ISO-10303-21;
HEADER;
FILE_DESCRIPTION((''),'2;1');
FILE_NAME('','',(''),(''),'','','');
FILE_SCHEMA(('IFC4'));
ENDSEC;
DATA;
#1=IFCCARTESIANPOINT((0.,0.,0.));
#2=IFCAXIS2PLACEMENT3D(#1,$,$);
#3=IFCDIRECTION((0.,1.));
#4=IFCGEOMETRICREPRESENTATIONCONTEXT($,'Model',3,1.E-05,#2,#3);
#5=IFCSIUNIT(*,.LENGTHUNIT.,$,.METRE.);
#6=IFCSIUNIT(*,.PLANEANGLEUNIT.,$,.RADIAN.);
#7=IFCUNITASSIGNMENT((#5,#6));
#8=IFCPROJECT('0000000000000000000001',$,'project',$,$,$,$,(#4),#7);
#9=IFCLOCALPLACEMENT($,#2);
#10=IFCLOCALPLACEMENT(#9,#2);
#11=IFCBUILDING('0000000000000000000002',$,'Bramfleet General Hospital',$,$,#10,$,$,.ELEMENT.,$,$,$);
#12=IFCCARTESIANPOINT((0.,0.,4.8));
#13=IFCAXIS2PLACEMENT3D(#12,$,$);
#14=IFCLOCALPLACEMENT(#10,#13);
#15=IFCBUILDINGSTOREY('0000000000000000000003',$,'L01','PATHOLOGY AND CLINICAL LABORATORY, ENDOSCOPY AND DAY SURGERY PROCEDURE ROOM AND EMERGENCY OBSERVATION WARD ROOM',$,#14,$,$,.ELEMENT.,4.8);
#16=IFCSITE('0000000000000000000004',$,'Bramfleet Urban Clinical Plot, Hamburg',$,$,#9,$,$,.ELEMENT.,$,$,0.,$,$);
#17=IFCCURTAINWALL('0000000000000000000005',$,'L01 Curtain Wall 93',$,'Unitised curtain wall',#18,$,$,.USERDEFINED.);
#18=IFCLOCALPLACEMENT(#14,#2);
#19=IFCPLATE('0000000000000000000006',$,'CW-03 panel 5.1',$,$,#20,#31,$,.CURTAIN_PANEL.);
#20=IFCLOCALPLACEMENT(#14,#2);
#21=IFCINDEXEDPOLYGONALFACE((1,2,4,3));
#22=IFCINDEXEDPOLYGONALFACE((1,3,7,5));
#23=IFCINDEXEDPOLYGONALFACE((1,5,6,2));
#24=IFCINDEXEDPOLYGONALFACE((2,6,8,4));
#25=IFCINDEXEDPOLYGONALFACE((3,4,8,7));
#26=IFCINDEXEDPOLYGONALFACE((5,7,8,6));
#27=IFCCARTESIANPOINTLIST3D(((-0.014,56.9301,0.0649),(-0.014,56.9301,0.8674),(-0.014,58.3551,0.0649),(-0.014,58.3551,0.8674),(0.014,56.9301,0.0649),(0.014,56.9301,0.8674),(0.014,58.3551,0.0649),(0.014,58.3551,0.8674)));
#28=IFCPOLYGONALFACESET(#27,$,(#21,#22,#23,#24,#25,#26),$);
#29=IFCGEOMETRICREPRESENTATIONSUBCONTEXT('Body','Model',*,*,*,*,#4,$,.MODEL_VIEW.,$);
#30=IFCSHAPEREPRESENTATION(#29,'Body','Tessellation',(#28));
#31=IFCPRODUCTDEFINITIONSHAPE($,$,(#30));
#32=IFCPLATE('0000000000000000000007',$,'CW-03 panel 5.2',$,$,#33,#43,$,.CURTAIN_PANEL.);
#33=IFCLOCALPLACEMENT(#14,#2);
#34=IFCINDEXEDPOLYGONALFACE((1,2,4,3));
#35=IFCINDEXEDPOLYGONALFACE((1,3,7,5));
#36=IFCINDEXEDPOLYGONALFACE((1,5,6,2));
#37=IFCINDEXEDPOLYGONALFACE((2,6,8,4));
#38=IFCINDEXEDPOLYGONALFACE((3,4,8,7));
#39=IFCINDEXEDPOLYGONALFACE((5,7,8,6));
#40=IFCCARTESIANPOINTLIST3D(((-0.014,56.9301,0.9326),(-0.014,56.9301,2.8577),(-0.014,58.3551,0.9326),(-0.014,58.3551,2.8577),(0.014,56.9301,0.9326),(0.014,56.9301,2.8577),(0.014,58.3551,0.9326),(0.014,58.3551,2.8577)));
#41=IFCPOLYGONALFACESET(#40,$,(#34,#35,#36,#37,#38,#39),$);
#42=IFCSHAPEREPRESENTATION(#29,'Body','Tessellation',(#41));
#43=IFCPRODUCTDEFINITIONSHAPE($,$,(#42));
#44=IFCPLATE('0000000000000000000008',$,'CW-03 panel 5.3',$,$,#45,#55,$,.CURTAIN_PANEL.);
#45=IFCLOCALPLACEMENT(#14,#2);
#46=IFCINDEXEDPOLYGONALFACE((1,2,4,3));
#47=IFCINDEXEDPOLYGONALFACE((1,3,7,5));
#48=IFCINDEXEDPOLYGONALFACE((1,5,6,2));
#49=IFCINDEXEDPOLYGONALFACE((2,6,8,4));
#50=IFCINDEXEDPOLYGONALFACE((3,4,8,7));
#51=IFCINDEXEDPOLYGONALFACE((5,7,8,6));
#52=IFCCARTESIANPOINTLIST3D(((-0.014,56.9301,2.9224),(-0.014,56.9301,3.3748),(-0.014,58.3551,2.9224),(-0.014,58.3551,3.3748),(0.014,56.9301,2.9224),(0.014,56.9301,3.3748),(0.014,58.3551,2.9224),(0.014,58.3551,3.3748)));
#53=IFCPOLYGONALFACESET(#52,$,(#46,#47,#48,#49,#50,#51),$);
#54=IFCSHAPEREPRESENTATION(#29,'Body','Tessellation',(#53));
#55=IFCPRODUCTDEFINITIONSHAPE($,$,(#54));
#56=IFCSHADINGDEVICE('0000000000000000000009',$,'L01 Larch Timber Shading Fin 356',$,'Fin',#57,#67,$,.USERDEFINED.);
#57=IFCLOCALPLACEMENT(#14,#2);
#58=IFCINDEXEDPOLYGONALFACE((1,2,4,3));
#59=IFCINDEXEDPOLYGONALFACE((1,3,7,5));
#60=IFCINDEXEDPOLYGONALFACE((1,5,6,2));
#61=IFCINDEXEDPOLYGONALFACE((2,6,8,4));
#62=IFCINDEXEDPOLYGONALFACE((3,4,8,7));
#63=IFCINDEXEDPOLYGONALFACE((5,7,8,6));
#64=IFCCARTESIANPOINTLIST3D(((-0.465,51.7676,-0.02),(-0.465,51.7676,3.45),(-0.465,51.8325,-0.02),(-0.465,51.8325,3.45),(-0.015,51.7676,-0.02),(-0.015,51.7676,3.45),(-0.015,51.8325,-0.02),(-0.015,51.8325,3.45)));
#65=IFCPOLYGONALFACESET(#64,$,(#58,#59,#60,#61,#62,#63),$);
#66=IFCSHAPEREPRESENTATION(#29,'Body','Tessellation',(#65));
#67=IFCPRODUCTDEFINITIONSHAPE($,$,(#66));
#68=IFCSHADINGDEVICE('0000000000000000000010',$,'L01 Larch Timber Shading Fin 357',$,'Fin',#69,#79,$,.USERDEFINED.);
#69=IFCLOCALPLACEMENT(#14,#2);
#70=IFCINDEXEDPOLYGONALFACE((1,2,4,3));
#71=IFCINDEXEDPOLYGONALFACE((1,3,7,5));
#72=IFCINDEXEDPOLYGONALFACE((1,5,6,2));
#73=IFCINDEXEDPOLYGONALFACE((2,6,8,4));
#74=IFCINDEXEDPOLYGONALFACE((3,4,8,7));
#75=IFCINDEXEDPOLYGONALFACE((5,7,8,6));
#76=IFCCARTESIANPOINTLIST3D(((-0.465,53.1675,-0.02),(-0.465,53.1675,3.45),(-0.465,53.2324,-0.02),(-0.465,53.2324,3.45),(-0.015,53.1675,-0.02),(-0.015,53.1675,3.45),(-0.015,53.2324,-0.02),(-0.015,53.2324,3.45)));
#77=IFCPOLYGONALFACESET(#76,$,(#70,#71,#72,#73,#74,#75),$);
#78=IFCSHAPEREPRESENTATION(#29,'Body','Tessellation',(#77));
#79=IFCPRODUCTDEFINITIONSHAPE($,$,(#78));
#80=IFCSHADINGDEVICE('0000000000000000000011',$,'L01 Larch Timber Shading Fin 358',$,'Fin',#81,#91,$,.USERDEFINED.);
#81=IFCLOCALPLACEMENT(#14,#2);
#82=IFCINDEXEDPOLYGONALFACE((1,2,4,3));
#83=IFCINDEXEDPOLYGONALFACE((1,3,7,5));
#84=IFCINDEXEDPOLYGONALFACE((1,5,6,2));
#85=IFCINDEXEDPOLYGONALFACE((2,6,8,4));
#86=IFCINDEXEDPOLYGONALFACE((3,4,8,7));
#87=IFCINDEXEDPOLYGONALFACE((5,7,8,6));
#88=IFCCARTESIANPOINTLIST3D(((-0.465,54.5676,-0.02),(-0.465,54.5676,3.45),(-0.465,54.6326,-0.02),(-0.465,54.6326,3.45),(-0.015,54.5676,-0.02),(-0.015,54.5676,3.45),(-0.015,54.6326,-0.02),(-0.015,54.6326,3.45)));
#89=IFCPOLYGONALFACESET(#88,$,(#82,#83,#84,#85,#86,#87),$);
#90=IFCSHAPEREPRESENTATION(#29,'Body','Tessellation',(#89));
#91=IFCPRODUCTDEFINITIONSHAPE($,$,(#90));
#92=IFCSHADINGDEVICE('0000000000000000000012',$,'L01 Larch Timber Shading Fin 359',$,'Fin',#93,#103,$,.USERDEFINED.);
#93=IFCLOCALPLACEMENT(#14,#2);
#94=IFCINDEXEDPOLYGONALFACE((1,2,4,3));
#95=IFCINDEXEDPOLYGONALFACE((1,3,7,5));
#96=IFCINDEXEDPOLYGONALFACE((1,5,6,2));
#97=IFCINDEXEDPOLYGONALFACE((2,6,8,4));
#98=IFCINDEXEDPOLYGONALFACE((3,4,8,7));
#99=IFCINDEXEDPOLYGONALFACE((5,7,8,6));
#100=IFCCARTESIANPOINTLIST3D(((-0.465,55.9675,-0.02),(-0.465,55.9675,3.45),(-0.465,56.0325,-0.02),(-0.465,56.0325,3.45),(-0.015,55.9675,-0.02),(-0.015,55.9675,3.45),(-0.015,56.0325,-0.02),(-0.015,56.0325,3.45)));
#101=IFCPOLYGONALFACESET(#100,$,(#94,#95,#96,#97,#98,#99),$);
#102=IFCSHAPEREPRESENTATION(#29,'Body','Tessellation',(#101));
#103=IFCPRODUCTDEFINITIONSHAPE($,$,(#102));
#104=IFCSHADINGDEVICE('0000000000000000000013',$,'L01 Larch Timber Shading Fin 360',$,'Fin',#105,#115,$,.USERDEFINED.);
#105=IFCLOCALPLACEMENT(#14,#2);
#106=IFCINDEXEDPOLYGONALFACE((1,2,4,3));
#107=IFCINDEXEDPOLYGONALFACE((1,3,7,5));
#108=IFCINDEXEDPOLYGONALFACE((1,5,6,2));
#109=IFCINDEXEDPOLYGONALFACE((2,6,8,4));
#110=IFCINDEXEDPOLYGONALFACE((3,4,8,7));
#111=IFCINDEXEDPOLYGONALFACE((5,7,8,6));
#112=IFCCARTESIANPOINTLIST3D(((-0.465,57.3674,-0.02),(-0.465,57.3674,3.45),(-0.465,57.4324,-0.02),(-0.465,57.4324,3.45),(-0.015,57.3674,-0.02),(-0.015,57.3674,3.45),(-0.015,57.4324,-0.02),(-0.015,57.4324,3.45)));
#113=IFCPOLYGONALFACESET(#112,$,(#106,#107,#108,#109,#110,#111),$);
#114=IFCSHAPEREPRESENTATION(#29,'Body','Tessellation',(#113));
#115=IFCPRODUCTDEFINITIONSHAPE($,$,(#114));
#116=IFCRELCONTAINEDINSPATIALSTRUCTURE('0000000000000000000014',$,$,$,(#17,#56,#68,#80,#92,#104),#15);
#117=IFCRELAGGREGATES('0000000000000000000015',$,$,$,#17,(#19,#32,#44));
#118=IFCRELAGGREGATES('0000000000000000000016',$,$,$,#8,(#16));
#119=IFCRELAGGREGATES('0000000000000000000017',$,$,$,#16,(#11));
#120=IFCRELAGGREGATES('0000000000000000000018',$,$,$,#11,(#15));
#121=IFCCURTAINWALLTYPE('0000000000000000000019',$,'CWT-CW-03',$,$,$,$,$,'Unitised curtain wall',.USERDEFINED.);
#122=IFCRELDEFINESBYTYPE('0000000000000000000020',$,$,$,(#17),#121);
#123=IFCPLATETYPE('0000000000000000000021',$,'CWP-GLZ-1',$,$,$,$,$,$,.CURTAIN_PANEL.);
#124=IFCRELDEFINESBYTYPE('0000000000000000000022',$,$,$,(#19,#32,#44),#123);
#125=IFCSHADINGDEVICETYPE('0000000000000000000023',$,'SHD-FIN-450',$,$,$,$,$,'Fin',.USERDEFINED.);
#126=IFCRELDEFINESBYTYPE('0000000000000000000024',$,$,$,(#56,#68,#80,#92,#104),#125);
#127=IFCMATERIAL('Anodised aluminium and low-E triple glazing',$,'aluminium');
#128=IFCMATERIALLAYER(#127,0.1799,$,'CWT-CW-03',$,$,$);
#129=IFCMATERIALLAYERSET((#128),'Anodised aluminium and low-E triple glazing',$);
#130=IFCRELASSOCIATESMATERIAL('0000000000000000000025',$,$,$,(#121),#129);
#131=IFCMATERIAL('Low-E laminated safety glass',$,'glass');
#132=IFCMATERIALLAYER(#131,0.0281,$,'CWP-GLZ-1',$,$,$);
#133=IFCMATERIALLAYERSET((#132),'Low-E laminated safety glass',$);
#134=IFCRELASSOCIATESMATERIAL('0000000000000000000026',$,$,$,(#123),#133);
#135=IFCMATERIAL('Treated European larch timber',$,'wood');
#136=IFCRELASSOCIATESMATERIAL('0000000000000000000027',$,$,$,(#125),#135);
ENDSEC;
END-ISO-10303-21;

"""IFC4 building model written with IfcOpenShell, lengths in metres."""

from ifc_helpers import new_model, si_unit, direction, frame, origin, origin_2d, place, context, subcontext, project, spatial, rectangle, extrude, material, layer, layer_set, material_profile, profile_set, type_object, element, aggregate, save


model = new_model("IFC4")

# Units and contexts
model_context = context("Model", 3, precision=1e-05, world=origin(), true_north=direction((0.0, 1.0)))
body_context = subcontext(model_context, "Body", "Model", "MODEL_VIEW")
ifc_project = project(units=[si_unit("LENGTHUNIT", "METRE"), si_unit("PLANEANGLEUNIT", "RADIAN")], contexts=[model_context])

# Site, building, storey
site_placement = place(None, origin())
site = spatial("IfcSite", under=ifc_project, at=site_placement, Name="Bramfleet Urban Clinical Plot, Hamburg", CompositionType="ELEMENT", RefElevation=0.0)
building_placement = place(site_placement, origin())
building = spatial("IfcBuilding", under=site, at=building_placement, Name="Bramfleet General Hospital", CompositionType="ELEMENT")
storey_placement = place(building_placement, frame((0.0, 0.0, 4.8)))
storey = spatial("IfcBuildingStorey", under=building, at=storey_placement, Name="L01", Description="PATHOLOGY AND CLINICAL LABORATORY, ENDOSCOPY AND DAY SURGERY PROCEDURE ROOM AND EMERGENCY OBSERVATION WARD ROOM", CompositionType="ELEMENT", Elevation=4.8)

# Curtain wall, plates
ifc_material_1 = material(Name="Anodised aluminium and low-E triple glazing", Category="aluminium")
ifc_layer_1 = layer(ifc_material_1, 0.1799, Name="CWT-CW-03")
ifc_layer_set_1 = layer_set([ifc_layer_1], Name="Anodised aluminium and low-E triple glazing")
curtain_wall_type = type_object("IfcCurtainWallType", Name="CWT-CW-03", ElementType="Unitised curtain wall", PredefinedType="USERDEFINED", material=ifc_layer_set_1)
curtain_wall_placement = place(storey_placement, origin())
curtain_wall = element("IfcCurtainWall", 1, at=curtain_wall_placement, inside=storey, type_object=curtain_wall_type, Name="L01 Curtain Wall 93", ObjectType="Unitised curtain wall", PredefinedType="USERDEFINED")
ifc_material_2 = material(Name="Low-E laminated safety glass", Category="glass")
ifc_layer_2 = layer(ifc_material_2, 0.0281, Name="CWP-GLZ-1")
ifc_layer_set_2 = layer_set([ifc_layer_2], Name="Low-E laminated safety glass")
plate_type = type_object("IfcPlateType", Name="CWP-GLZ-1", PredefinedType="CURTAIN_PANEL", material=ifc_layer_set_2)
plate_1_placement = place(storey_placement, frame((0.0, 57.6426, 0.0649), z_axis=(0.0, 0.0, 1.0), x_axis=(0.0, 1.0, 0.0)))
plate_1 = element("IfcPlate", 2, at=plate_1_placement, type_object=plate_type, Name="CW-03 panel 5.1", PredefinedType="CURTAIN_PANEL", context=body_context, shape_type="SweptSolid", body=[
    extrude(rectangle(XDim=1.425, YDim=0.0281, at=origin_2d()), origin(), (0.0, 0.0, 1.0), 0.8025),
])
plate_2_placement = place(storey_placement, frame((0.0, 57.6426, 0.9326), z_axis=(0.0, 0.0, 1.0), x_axis=(0.0, 1.0, 0.0)))
plate_2 = element("IfcPlate", 3, at=plate_2_placement, type_object=plate_type, Name="CW-03 panel 5.2", PredefinedType="CURTAIN_PANEL", context=body_context, shape_type="SweptSolid", body=[
    extrude(rectangle(XDim=1.425, YDim=0.0281, at=origin_2d()), origin(), (0.0, 0.0, 1.0), 1.925),
])
plate_3_placement = place(storey_placement, frame((0.0, 57.6426, 2.9224), z_axis=(0.0, 0.0, 1.0), x_axis=(0.0, 1.0, 0.0)))
plate_3 = element("IfcPlate", 4, at=plate_3_placement, type_object=plate_type, Name="CW-03 panel 5.3", PredefinedType="CURTAIN_PANEL", context=body_context, shape_type="SweptSolid", body=[
    extrude(rectangle(XDim=1.425, YDim=0.0281, at=origin_2d()), origin(), (0.0, 0.0, 1.0), 0.4524),
])
aggregate(curtain_wall, [plate_1, plate_2, plate_3])

# Shading devices
ifc_material_3 = material(Name="Treated European larch timber", Category="wood")
ifc_material_profile_1 = material_profile(ifc_material_3, rectangle(XDim=0.0649, YDim=0.45, at=origin_2d()), Name="LARCH FIN 450x65")
ifc_profile_set_1 = profile_set([ifc_material_profile_1], Name="Treated European larch timber")
shading_device_type = type_object("IfcShadingDeviceType", Name="SHD-FIN-450", ElementType="Fin", PredefinedType="USERDEFINED", material=ifc_profile_set_1)
for number, where, z_axis, x_axis, name in (
    (5, (-0.24, 51.8, -0.02), (0.0, 0.0, 1.0), (0.0, 1.0, 0.0), "L01 Larch Timber Shading Fin 356"),
    (6, (-0.24, 53.2, -0.02), (0.0, 0.0, 1.0), (0.0, 1.0, 0.0), "L01 Larch Timber Shading Fin 357"),
    (7, (-0.24, 54.6001, -0.02), (0.0, 0.0, 1.0), (0.0, 1.0, 0.0), "L01 Larch Timber Shading Fin 358"),
    (8, (-0.24, 56.0, -0.02), (0.0, 0.0, 1.0), (0.0, 1.0, 0.0), "L01 Larch Timber Shading Fin 359"),
    (9, (-0.24, 57.3999, -0.02), (0.0, 0.0, 1.0), (0.0, 1.0, 0.0), "L01 Larch Timber Shading Fin 360"),
):
    element("IfcShadingDevice", number, at=place(storey_placement, frame(where, z_axis=z_axis, x_axis=x_axis)), inside=storey, type_object=shading_device_type, Name=name, ObjectType="Fin", PredefinedType="USERDEFINED", context=body_context, shape_type="SweptSolid", body=[
        extrude(rectangle(XDim=0.0649, YDim=0.45, at=origin_2d()), origin(), (0.0, 0.0, 1.0), 3.47),
    ])

save(model, "model.ifc")
